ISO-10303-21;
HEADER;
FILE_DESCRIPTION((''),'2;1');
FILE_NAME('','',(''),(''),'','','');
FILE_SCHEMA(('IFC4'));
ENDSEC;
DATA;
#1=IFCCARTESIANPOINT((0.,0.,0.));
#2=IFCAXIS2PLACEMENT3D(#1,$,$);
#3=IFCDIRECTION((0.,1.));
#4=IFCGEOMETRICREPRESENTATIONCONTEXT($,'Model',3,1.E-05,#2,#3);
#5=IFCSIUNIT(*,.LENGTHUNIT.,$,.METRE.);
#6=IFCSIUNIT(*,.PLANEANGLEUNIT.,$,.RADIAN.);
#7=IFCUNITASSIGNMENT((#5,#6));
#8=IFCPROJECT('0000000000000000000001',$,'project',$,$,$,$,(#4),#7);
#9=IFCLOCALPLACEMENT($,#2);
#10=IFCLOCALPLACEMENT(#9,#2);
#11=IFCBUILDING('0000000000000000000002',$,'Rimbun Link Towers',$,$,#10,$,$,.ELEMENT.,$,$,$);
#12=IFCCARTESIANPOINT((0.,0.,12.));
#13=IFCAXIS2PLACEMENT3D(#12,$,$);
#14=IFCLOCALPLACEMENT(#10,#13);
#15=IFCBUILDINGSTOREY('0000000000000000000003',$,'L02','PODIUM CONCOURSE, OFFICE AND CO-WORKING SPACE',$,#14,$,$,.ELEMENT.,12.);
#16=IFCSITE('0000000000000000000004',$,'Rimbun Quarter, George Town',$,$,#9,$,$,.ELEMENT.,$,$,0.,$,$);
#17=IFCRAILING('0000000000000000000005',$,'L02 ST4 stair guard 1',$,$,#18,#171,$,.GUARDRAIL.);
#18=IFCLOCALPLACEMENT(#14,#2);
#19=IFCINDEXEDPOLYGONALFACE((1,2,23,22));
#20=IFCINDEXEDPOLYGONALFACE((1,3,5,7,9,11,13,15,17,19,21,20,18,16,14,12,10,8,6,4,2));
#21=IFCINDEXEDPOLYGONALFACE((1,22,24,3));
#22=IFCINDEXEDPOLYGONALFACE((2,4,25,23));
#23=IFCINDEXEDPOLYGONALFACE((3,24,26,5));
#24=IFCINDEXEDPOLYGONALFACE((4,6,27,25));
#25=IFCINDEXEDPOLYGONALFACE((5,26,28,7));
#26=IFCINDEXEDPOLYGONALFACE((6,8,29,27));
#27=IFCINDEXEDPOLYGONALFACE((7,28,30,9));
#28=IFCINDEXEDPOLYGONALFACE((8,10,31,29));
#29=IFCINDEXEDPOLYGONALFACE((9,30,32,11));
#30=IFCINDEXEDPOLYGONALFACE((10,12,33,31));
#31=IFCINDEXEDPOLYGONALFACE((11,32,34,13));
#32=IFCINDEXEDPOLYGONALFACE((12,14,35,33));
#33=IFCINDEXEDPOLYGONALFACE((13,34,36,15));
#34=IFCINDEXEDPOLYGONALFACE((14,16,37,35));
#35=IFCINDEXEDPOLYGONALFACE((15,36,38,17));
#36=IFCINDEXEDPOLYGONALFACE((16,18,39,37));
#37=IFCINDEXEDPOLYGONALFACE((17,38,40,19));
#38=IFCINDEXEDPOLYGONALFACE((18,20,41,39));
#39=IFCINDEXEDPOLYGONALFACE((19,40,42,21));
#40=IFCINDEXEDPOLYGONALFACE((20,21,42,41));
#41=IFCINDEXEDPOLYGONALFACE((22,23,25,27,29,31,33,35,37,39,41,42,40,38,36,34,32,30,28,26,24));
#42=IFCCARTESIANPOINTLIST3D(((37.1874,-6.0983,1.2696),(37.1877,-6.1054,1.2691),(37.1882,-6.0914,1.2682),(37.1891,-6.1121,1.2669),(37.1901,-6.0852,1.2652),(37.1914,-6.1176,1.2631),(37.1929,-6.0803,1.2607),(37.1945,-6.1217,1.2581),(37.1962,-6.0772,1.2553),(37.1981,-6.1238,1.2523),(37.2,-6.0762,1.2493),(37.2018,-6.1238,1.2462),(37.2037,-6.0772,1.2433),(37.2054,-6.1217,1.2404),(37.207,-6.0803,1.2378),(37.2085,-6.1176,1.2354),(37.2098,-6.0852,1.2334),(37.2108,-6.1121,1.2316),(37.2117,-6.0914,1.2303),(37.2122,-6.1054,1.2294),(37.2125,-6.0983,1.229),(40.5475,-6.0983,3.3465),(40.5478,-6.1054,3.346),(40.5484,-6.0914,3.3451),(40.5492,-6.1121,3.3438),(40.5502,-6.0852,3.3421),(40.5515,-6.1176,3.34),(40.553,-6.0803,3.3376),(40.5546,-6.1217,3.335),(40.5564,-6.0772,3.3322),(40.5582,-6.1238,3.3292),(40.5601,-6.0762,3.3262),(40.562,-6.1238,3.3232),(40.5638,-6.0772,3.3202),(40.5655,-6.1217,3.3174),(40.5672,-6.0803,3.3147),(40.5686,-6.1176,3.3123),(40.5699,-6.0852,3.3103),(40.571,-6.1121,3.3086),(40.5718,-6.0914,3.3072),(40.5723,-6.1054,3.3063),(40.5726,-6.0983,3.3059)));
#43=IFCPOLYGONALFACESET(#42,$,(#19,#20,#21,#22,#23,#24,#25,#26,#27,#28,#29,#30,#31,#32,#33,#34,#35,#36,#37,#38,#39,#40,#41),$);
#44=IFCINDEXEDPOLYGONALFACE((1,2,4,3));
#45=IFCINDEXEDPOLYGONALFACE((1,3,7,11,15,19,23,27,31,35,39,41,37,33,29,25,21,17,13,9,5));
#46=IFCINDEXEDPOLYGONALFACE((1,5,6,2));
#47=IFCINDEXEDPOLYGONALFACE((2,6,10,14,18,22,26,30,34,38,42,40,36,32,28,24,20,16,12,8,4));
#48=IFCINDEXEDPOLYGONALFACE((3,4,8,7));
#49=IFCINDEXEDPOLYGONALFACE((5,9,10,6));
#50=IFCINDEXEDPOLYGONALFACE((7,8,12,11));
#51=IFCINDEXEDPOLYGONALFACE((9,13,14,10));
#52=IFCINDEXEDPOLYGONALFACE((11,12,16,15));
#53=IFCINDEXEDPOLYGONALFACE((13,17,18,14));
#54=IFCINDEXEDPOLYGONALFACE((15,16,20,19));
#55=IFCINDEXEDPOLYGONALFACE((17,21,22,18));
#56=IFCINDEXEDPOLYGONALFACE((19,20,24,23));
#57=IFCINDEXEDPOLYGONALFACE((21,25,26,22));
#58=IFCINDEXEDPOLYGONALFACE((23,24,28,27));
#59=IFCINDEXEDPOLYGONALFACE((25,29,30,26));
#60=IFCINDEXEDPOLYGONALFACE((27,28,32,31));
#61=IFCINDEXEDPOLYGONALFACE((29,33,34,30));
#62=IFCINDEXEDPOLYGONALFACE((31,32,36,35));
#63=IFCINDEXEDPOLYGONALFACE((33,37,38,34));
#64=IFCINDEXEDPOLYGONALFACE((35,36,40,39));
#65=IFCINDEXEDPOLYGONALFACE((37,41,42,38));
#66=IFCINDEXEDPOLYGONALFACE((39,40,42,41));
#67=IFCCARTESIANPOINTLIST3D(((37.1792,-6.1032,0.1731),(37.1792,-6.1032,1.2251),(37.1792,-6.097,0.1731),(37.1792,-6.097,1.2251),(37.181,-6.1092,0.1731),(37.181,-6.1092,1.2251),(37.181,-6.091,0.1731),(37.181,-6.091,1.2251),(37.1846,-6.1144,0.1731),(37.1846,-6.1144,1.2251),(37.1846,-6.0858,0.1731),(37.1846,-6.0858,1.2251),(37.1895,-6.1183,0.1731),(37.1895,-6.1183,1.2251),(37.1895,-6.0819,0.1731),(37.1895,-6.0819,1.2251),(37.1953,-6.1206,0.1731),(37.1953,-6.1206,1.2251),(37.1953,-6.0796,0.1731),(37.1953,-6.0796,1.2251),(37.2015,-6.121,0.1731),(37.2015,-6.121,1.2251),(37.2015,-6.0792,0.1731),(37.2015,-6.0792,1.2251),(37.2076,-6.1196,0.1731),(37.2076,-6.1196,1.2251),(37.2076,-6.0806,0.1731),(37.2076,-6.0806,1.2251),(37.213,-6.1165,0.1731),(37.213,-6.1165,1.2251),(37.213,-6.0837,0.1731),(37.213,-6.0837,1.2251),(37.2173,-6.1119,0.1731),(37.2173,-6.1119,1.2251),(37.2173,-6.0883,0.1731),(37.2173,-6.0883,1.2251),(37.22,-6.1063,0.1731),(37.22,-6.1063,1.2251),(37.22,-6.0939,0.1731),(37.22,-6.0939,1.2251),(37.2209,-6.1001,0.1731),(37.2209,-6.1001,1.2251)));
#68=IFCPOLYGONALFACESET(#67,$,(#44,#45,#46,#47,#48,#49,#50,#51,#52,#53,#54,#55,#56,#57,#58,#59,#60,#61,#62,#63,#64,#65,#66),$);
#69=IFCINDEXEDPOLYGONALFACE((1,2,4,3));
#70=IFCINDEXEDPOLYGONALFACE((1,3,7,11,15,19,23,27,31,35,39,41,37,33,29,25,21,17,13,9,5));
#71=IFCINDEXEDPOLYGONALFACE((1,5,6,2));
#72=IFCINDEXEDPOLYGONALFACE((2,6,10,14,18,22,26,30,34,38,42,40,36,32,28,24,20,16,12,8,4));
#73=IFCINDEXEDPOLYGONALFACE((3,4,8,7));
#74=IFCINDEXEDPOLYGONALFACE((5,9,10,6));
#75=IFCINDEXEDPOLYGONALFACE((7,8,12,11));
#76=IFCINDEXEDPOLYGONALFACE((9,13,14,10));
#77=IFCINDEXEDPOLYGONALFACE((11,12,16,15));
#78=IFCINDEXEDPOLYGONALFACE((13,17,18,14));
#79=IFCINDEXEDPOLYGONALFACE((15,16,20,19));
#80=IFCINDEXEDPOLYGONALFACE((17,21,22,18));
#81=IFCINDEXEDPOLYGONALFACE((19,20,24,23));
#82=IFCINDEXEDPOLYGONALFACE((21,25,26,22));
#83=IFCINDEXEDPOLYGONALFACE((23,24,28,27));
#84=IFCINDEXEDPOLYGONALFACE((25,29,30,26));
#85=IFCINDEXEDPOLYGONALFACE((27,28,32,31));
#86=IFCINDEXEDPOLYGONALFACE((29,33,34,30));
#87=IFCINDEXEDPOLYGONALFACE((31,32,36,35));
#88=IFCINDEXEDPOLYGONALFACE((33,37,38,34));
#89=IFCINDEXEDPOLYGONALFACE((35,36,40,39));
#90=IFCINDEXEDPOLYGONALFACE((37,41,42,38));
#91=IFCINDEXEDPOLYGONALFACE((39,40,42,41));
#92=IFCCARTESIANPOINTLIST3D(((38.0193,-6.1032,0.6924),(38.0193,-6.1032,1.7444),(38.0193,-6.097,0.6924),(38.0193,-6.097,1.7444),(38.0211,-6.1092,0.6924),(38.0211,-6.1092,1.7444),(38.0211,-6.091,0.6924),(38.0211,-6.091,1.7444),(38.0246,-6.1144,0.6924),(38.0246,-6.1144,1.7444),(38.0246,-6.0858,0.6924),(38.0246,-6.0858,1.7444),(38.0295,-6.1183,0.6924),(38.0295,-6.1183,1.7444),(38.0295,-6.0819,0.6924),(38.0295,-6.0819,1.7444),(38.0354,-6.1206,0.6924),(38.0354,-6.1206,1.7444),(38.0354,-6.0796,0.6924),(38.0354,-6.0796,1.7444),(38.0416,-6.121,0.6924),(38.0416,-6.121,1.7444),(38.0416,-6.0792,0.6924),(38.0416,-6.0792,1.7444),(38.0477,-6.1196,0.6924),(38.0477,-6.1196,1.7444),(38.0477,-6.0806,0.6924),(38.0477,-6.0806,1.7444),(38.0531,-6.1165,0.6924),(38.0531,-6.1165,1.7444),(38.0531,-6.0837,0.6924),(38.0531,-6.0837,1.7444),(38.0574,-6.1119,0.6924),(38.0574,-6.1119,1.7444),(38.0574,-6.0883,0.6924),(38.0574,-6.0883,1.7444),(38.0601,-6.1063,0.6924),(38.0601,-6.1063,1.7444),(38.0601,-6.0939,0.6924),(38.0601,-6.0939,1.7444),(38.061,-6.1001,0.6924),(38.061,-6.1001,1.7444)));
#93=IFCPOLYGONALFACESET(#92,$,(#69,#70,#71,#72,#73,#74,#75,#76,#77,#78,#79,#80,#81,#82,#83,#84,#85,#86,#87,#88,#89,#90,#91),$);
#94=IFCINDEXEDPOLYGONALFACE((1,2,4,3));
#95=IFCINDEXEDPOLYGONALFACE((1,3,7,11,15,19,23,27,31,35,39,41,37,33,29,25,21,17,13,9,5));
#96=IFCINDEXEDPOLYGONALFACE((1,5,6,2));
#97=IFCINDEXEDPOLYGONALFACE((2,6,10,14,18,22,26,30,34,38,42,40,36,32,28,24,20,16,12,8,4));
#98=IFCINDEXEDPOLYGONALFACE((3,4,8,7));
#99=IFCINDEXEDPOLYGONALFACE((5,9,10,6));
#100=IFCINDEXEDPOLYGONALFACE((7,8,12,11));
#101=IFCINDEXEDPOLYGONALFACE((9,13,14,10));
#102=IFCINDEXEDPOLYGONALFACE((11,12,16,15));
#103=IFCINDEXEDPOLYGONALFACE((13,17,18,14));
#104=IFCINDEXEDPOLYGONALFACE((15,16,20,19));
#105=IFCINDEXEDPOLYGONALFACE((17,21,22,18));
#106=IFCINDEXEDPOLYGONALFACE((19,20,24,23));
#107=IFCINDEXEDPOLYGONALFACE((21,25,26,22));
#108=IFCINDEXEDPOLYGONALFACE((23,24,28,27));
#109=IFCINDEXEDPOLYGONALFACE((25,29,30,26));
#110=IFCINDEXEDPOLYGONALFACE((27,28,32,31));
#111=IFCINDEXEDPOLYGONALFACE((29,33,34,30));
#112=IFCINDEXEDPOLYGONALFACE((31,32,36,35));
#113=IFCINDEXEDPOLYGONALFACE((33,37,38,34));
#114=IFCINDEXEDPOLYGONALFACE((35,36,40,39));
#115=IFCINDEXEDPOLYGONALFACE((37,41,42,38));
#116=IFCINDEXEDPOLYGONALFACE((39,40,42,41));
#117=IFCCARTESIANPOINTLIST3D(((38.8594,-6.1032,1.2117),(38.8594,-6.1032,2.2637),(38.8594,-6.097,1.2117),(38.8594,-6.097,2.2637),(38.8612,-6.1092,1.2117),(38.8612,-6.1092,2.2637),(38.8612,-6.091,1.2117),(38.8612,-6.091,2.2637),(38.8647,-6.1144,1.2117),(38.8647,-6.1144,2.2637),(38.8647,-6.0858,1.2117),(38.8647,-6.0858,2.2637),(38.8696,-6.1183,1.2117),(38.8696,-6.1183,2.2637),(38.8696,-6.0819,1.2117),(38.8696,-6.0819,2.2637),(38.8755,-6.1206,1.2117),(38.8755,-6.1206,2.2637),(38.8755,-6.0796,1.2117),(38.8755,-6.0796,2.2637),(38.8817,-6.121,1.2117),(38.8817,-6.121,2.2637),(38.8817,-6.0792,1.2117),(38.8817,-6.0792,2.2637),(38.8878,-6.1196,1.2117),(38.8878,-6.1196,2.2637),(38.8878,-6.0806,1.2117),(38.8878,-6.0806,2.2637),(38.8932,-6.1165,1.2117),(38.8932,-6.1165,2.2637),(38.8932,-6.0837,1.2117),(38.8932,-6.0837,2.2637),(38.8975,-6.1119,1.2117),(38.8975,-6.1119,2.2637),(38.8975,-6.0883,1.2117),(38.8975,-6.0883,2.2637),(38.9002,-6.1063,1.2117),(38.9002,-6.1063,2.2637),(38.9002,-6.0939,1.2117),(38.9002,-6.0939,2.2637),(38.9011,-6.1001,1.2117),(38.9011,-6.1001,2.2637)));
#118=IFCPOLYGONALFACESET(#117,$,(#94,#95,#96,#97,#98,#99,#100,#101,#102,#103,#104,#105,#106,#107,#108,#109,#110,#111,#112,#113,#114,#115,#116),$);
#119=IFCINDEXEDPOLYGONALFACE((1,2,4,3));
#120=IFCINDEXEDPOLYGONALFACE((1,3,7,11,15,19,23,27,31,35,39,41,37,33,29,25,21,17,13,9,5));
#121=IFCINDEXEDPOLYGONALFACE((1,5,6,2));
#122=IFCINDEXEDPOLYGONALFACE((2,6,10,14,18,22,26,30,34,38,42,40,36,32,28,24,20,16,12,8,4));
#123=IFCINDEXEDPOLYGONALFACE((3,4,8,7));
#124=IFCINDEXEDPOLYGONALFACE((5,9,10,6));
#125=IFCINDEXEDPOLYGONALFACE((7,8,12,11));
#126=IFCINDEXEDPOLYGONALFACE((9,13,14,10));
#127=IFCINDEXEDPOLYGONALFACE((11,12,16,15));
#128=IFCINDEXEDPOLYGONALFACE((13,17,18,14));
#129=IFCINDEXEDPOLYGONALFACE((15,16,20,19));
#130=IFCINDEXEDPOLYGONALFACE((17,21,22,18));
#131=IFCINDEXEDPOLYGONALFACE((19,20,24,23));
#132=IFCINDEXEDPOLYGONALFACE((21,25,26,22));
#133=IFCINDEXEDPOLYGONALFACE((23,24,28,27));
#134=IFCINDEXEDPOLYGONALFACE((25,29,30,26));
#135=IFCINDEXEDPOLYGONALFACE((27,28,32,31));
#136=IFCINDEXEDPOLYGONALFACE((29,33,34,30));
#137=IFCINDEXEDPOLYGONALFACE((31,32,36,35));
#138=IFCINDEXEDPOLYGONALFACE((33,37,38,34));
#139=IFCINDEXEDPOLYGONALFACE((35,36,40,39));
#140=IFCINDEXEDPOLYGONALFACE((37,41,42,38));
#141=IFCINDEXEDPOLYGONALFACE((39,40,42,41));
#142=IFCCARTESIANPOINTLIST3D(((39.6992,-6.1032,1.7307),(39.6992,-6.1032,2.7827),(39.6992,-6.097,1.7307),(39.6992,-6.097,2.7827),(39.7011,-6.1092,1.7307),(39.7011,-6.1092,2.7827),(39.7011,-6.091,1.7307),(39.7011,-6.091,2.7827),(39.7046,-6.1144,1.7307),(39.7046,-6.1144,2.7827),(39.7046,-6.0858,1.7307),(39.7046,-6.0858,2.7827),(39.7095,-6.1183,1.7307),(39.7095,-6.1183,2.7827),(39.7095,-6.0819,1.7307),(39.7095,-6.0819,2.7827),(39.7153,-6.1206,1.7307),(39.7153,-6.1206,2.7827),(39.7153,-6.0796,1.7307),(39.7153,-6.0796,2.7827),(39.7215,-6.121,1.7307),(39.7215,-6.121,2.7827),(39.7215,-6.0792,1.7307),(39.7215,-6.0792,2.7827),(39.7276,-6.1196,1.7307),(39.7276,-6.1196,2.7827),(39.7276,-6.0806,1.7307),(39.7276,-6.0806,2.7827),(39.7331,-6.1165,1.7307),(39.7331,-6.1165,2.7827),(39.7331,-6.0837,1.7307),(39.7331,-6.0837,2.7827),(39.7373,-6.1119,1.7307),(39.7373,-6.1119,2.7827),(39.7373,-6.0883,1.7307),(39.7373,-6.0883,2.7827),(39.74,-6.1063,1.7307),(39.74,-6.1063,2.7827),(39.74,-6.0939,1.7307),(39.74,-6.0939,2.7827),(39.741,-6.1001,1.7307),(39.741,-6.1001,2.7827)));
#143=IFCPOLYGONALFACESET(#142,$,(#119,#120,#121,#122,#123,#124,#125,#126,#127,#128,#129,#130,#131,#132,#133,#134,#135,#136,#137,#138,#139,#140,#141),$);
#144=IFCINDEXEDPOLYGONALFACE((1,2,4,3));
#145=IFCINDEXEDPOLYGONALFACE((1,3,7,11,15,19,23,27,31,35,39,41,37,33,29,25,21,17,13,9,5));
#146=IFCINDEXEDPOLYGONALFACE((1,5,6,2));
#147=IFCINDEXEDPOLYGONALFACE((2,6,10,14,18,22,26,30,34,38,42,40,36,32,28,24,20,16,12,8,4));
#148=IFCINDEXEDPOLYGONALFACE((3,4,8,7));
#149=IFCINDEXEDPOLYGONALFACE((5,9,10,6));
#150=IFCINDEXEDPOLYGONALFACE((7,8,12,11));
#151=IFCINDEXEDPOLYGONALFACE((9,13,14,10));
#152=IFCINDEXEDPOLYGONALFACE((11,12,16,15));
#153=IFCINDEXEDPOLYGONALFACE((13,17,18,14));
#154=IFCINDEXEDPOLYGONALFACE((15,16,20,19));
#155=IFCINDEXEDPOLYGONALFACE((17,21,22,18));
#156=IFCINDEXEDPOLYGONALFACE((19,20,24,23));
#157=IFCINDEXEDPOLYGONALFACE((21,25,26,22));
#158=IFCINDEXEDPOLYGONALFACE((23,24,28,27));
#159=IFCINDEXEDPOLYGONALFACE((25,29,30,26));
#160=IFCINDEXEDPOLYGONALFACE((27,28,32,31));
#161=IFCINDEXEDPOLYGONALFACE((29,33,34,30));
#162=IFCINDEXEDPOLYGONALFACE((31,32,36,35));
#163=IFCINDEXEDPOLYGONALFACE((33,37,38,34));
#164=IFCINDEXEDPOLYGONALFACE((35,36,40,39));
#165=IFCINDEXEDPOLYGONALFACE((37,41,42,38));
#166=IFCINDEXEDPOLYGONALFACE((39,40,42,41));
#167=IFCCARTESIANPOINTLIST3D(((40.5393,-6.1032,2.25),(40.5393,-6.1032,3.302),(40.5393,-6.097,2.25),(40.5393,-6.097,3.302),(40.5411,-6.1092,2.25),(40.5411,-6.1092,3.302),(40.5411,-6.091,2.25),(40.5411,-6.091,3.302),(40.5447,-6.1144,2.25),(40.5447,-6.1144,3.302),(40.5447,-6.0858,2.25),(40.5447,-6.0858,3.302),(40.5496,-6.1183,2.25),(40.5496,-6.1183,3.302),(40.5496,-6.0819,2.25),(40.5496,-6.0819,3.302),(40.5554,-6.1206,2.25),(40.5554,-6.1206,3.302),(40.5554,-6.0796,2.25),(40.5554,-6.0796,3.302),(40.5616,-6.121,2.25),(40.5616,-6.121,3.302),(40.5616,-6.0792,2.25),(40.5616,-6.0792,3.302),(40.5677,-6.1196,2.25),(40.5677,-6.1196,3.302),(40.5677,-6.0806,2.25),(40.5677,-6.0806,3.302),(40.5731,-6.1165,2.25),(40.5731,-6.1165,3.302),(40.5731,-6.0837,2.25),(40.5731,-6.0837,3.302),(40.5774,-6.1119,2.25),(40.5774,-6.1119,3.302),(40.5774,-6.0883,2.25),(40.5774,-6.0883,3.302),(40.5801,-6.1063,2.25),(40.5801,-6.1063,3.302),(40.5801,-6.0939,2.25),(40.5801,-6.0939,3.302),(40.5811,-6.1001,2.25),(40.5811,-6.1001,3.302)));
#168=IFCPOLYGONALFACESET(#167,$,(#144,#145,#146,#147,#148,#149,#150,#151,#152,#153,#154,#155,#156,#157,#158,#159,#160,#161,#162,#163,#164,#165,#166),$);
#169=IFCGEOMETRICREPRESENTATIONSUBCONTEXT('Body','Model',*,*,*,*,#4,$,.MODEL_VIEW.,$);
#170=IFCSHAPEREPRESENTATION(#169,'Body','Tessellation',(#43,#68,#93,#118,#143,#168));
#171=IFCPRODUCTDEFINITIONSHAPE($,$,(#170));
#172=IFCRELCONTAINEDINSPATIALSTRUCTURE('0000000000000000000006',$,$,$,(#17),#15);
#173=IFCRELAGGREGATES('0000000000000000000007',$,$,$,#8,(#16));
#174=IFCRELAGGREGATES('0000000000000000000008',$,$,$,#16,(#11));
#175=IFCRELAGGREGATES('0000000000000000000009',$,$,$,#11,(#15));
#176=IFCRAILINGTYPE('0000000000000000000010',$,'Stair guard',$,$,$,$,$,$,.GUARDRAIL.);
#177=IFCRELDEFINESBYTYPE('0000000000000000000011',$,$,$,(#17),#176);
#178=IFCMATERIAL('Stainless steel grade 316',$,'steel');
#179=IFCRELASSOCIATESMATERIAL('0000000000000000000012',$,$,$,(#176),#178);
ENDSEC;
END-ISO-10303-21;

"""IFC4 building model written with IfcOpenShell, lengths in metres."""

from ifc_helpers import new_model, si_unit, direction, frame, origin, origin_2d, place, context, subcontext, project, spatial, circle, extrude, material, type_object, element, save


model = new_model("IFC4")

# Units and contexts
model_context = context("Model", 3, precision=1e-05, world=origin(), true_north=direction((0.0, 1.0)))
body_context = subcontext(model_context, "Body", "Model", "MODEL_VIEW")
ifc_project = project(units=[si_unit("LENGTHUNIT", "METRE"), si_unit("PLANEANGLEUNIT", "RADIAN")], contexts=[model_context])

# Site, building, storey
site_placement = place(None, origin())
site = spatial("IfcSite", under=ifc_project, at=site_placement, Name="Rimbun Quarter, George Town", CompositionType="ELEMENT", RefElevation=0.0)
building_placement = place(site_placement, origin())
building = spatial("IfcBuilding", under=site, at=building_placement, Name="Rimbun Link Towers", CompositionType="ELEMENT")
storey_placement = place(building_placement, frame((0.0, 0.0, 12.0)))
storey = spatial("IfcBuildingStorey", under=building, at=storey_placement, Name="L02", Description="PODIUM CONCOURSE, OFFICE AND CO-WORKING SPACE", CompositionType="ELEMENT", Elevation=12.0)

# Railing
ifc_material_1 = material(Name="Stainless steel grade 316", Category="steel")
railing_type_1 = type_object("IfcRailingType", Name="Stair guard", PredefinedType="GUARDRAIL", material=ifc_material_1)
railing_1_placement = place(storey_placement, frame((37.2, -6.1001, 0.1731)))
element("IfcRailing", 1, at=railing_1_placement, inside=storey, type_object=railing_type_1, Name="L02 ST4 stair guard 1", PredefinedType="GUARDRAIL", context=body_context, shape_type="SweptSolid", body=[
    extrude(circle(Radius=0.0239, at=origin_2d()), frame((0.0, 0.0, 1.0762), z_axis=(0.850623, 0.0, 0.525776), x_axis=(0.0, 1.0, 0.0)), (0.0, 0.0, 1.0), 3.9502),
    extrude(circle(Radius=0.021, at=origin_2d()), origin(), (0.0, 0.0, 1.0), 1.052),
    extrude(circle(Radius=0.021, at=origin_2d()), frame((0.8401, 0.0, 0.5193)), (0.0, 0.0, 1.0), 1.052),
    extrude(circle(Radius=0.021, at=origin_2d()), frame((1.6802, 0.0, 1.0386)), (0.0, 0.0, 1.0), 1.052),
    extrude(circle(Radius=0.021, at=origin_2d()), frame((2.52, 0.0, 1.5576)), (0.0, 0.0, 1.0), 1.052),
    extrude(circle(Radius=0.021, at=origin_2d()), frame((3.3601, 0.0, 2.0769)), (0.0, 0.0, 1.0), 1.052),
])

save(model, "model.ifc")
